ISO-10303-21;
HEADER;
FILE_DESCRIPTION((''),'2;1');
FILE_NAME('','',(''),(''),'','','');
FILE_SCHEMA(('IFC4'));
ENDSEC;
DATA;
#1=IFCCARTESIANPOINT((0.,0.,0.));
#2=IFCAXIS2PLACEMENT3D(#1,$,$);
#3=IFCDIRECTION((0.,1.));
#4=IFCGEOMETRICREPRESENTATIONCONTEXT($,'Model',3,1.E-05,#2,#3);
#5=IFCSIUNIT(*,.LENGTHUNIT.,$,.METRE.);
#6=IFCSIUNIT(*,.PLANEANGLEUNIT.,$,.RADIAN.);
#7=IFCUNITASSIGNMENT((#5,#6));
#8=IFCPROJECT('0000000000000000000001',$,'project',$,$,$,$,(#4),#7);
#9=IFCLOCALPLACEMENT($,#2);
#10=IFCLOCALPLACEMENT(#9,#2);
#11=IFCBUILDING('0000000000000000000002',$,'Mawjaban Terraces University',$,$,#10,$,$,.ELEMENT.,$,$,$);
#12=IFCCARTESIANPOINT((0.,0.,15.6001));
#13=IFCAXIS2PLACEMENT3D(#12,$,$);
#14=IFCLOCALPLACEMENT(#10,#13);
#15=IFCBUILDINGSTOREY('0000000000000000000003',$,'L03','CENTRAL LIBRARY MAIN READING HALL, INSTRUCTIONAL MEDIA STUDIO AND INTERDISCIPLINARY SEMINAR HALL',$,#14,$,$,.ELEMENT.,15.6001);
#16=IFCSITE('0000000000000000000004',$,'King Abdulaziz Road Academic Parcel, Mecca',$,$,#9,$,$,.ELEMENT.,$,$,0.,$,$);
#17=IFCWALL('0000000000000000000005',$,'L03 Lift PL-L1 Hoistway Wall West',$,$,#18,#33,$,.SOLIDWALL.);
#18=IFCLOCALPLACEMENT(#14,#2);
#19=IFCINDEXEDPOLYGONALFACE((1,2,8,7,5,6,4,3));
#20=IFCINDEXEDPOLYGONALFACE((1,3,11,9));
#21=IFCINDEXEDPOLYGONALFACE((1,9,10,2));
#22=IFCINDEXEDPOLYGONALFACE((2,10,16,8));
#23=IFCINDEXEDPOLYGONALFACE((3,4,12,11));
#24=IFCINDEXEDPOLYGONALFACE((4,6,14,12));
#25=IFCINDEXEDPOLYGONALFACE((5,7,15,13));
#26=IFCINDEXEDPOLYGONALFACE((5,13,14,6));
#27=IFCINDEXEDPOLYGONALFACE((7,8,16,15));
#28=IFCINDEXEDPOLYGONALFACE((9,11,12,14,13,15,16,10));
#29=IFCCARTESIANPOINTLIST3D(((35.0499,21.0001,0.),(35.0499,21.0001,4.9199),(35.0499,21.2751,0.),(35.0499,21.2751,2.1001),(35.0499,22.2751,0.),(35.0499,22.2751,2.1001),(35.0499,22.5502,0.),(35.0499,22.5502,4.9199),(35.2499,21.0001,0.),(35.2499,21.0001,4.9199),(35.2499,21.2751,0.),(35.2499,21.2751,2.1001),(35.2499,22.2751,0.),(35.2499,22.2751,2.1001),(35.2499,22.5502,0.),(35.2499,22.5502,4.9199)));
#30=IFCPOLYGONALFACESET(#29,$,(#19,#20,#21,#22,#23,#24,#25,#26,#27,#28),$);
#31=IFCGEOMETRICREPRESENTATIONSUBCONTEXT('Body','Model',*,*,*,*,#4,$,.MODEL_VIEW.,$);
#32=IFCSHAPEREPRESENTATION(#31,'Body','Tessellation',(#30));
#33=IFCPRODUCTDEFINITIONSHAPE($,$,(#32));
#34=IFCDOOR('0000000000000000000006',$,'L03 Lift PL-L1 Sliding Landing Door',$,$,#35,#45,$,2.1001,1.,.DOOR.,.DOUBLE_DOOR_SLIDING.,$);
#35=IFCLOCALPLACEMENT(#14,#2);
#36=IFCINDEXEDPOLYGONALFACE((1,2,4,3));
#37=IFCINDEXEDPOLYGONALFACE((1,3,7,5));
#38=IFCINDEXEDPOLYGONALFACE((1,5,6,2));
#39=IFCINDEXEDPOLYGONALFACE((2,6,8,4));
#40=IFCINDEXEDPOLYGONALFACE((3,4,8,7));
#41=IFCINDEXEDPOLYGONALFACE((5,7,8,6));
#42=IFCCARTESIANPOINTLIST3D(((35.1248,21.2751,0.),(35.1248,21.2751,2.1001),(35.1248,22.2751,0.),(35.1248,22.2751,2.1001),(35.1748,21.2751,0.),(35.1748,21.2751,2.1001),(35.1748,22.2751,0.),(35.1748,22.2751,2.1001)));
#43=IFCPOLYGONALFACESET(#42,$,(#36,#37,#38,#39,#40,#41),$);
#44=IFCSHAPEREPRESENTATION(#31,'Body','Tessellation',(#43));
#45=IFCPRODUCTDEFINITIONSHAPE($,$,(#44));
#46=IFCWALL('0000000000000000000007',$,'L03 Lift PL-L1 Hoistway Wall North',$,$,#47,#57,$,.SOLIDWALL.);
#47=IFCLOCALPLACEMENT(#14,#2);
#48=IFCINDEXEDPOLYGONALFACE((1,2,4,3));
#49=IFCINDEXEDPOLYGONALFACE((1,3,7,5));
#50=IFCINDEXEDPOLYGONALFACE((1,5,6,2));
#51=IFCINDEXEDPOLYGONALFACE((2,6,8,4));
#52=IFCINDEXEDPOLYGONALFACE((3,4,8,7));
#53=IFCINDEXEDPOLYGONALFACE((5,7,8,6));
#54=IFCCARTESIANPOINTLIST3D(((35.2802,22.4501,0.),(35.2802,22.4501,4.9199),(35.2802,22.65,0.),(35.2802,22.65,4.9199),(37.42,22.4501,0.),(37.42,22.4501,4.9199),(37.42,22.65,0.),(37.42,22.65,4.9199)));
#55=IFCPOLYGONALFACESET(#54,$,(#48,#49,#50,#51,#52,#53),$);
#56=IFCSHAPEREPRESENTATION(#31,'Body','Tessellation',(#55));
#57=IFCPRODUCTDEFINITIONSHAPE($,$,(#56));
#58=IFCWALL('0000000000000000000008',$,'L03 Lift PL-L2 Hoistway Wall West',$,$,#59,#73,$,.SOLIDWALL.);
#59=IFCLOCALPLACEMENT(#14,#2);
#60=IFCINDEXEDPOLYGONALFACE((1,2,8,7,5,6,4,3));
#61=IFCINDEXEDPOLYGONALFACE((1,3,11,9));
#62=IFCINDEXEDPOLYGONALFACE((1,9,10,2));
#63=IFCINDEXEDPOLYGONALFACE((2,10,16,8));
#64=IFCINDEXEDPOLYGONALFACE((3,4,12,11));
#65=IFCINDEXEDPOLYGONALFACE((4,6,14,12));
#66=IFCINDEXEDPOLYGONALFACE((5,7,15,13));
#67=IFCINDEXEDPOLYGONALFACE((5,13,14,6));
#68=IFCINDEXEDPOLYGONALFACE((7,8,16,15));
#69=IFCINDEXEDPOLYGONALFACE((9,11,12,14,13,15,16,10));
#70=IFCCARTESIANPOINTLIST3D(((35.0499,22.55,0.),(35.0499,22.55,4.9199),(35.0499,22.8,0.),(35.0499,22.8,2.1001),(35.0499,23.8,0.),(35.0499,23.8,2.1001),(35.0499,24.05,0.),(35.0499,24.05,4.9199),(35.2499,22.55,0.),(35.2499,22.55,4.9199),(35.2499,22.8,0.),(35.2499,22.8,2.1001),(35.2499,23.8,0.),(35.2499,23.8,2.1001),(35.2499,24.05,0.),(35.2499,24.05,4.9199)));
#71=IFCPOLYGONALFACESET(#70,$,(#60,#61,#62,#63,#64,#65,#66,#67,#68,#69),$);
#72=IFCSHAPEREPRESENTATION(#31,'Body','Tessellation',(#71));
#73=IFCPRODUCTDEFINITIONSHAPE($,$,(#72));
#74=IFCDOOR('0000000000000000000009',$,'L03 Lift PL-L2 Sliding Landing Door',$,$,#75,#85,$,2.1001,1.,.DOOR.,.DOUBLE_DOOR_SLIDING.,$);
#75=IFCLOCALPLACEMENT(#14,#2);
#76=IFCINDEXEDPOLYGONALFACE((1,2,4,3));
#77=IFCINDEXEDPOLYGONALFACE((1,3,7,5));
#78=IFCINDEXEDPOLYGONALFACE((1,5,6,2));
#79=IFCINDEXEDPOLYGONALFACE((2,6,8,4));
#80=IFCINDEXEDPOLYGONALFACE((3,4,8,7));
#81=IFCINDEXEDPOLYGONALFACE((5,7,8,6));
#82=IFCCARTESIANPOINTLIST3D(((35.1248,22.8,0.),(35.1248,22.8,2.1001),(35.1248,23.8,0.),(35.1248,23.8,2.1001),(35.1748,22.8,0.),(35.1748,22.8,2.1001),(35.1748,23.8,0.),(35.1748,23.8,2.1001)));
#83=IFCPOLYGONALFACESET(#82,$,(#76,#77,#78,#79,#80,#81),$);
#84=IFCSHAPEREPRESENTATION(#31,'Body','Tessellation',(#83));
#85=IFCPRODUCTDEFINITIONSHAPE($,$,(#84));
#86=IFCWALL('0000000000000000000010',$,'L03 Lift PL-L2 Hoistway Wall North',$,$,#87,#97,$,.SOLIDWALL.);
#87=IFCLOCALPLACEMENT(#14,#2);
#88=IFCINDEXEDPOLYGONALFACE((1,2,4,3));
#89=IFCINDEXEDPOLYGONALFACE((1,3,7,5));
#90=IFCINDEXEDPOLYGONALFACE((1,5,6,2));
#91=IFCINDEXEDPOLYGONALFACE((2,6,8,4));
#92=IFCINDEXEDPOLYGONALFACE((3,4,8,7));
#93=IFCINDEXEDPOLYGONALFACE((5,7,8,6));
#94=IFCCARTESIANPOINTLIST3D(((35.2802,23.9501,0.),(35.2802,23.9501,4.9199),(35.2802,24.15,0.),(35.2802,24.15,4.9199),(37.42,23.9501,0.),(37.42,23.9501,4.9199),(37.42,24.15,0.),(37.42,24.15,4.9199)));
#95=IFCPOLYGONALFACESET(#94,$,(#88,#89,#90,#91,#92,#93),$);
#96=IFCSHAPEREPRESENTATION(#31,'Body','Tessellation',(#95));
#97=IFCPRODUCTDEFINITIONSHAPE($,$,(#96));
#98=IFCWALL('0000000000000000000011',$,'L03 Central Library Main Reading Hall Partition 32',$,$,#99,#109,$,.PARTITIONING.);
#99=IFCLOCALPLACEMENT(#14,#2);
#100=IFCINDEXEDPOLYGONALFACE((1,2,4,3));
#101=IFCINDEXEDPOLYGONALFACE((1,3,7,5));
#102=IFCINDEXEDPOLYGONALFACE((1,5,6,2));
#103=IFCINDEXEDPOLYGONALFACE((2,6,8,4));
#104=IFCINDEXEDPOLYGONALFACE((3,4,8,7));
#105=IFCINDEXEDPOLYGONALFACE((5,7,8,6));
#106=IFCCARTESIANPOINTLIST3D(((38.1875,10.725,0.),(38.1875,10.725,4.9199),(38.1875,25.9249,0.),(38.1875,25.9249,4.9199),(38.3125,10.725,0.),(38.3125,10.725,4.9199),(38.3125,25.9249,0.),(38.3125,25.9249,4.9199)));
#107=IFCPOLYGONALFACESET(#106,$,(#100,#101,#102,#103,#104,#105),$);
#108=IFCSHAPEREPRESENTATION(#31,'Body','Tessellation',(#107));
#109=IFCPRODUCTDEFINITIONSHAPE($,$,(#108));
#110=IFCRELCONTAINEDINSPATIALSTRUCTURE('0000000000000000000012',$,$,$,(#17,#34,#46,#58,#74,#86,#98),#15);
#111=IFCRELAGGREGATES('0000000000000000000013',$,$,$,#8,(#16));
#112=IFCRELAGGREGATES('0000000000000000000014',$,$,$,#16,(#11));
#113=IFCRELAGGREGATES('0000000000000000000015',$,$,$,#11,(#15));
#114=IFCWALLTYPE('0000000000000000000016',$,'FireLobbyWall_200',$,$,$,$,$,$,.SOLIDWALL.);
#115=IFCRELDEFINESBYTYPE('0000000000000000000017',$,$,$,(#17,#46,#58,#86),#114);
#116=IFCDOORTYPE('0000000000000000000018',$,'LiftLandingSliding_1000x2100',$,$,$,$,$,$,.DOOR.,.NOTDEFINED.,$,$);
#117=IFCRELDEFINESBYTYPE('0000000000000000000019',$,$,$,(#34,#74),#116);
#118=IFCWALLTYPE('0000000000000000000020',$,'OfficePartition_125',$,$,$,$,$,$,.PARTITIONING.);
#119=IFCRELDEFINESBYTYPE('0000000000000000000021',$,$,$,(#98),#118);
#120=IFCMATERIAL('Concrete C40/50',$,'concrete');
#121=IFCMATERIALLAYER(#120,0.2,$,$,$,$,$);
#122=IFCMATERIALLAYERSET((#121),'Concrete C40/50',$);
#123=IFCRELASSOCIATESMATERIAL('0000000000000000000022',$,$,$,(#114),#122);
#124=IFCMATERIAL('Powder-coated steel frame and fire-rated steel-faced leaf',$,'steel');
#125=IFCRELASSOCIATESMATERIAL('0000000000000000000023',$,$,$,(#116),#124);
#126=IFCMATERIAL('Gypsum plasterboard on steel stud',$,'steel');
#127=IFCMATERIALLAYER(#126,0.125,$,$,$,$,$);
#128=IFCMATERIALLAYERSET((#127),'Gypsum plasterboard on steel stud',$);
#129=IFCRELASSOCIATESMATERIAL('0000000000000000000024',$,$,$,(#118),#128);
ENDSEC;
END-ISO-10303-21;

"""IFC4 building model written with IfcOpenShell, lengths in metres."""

from ifc_helpers import new_model, si_unit, direction, frame, frame_2d, origin, place, context, subcontext, project, spatial, rectangle, extrude, material, layer, layer_set, type_object, element, fill, save


model = new_model("IFC4")

# Units and contexts
model_context = context("Model", 3, precision=1e-05, world=origin(), true_north=direction((0.0, 1.0)))
body_context = subcontext(model_context, "Body", "Model", "MODEL_VIEW")
ifc_project = project(units=[si_unit("LENGTHUNIT", "METRE"), si_unit("PLANEANGLEUNIT", "RADIAN")], contexts=[model_context])

# Site, building, storey
site_placement = place(None, origin())
site = spatial("IfcSite", under=ifc_project, at=site_placement, Name="King Abdulaziz Road Academic Parcel, Mecca", CompositionType="ELEMENT", RefElevation=0.0)
building_placement = place(site_placement, origin())
building = spatial("IfcBuilding", under=site, at=building_placement, Name="Mawjaban Terraces University", CompositionType="ELEMENT")
storey_placement = place(building_placement, frame((0.0, 0.0, 15.6001)))
storey = spatial("IfcBuildingStorey", under=building, at=storey_placement, Name="L03", Description="CENTRAL LIBRARY MAIN READING HALL, INSTRUCTIONAL MEDIA STUDIO AND INTERDISCIPLINARY SEMINAR HALL", CompositionType="ELEMENT", Elevation=15.6001)

# Shared definitions
ifc_material_1 = material(Name="Concrete C40/50", Category="concrete")
ifc_layer_1 = layer(ifc_material_1, 0.2)
ifc_layer_set_1 = layer_set([ifc_layer_1], Name="Concrete C40/50")
wall_type_1 = type_object("IfcWallType", Name="FireLobbyWall_200", PredefinedType="SOLIDWALL", material=ifc_layer_set_1)

# Wall, opening, door
wall_1_placement = place(storey_placement, frame((35.1499, 22.55, 0.0), z_axis=(0.0, 0.0, 1.0), x_axis=(0.0, -1.0, 0.0)))
wall_1 = element("IfcWall", 1, at=wall_1_placement, inside=storey, type_object=wall_type_1, Name="L03 Lift PL-L1 Hoistway Wall West", PredefinedType="SOLIDWALL", context=body_context, shape_type="SweptSolid", body=[
    extrude(rectangle(XDim=1.55, YDim=0.2, at=frame_2d((0.7749, 0.0))), origin(), (0.0, 0.0, 1.0), 4.9199),
])
opening_1_placement = place(wall_1_placement, frame((0.2749, 0.0, 0.0)))
opening_1 = element("IfcOpeningElement", 2, at=opening_1_placement, cuts=wall_1, PredefinedType="OPENING", context=body_context, shape_type="SweptSolid", body=[
    extrude(rectangle(XDim=1.0, YDim=2.1001, at=frame_2d((0.5, 1.05))), frame((0.0, 0.1099, 0.0), z_axis=(0.0, -1.0, 0.0), x_axis=(1.0, 0.0, 0.0)), (0.0, 0.0, 1.0), 0.22),
])
ifc_material_2 = material(Name="Powder-coated steel frame and fire-rated steel-faced leaf", Category="steel")
door_type_1 = type_object("IfcDoorType", Name="LiftLandingSliding_1000x2100", OperationType="NOTDEFINED", PredefinedType="DOOR", material=ifc_material_2)
door_1_placement = place(opening_1_placement, origin())
door_1 = element("IfcDoor", 3, at=door_1_placement, inside=storey, type_object=door_type_1, Name="L03 Lift PL-L1 Sliding Landing Door", OperationType="DOUBLE_DOOR_SLIDING", OverallHeight=2.1001, OverallWidth=1.0, PredefinedType="DOOR", context=body_context, shape_type="SweptSolid", body=[
    extrude(rectangle(XDim=1.0, YDim=2.1001, at=frame_2d((0.5, 1.05))), frame((0.0, 0.0249, 0.0), z_axis=(0.0, -1.0, 0.0), x_axis=(1.0, 0.0, 0.0)), (0.0, 0.0, 1.0), 0.05),
])
fill(opening_1, door_1)

# Wall
wall_2_placement = place(storey_placement, frame((37.4199, 22.55, 0.0), z_axis=(0.0, 0.0, 1.0), x_axis=(-1.0, 0.0, 0.0)))
element("IfcWall", 4, at=wall_2_placement, inside=storey, type_object=wall_type_1, Name="L03 Lift PL-L1 Hoistway Wall North", PredefinedType="SOLIDWALL", context=body_context, shape_type="SweptSolid", body=[
    extrude(rectangle(XDim=2.1399, YDim=0.2, at=frame_2d((1.0698, 0.0))), origin(), (0.0, 0.0, 1.0), 4.9199),
])

# Wall, opening, door
wall_3_placement = place(storey_placement, frame((35.1499, 24.05, 0.0), z_axis=(0.0, 0.0, 1.0), x_axis=(0.0, -1.0, 0.0)))
wall_3 = element("IfcWall", 5, at=wall_3_placement, inside=storey, type_object=wall_type_1, Name="L03 Lift PL-L2 Hoistway Wall West", PredefinedType="SOLIDWALL", context=body_context, shape_type="SweptSolid", body=[
    extrude(rectangle(XDim=1.5, YDim=0.2, at=frame_2d((0.75, 0.0))), origin(), (0.0, 0.0, 1.0), 4.9199),
])
opening_2_placement = place(wall_3_placement, frame((0.25, 0.0, 0.0)))
opening_2 = element("IfcOpeningElement", 6, at=opening_2_placement, cuts=wall_3, PredefinedType="OPENING", context=body_context, shape_type="SweptSolid", body=[
    extrude(rectangle(XDim=1.0, YDim=2.1001, at=frame_2d((0.5, 1.05))), frame((0.0, 0.1099, 0.0), z_axis=(0.0, -1.0, 0.0), x_axis=(1.0, 0.0, 0.0)), (0.0, 0.0, 1.0), 0.22),
])
door_2_placement = place(opening_2_placement, origin())
door_2 = element("IfcDoor", 7, at=door_2_placement, inside=storey, type_object=door_type_1, Name="L03 Lift PL-L2 Sliding Landing Door", OperationType="DOUBLE_DOOR_SLIDING", OverallHeight=2.1001, OverallWidth=1.0, PredefinedType="DOOR", context=body_context, shape_type="SweptSolid", body=[
    extrude(rectangle(XDim=1.0, YDim=2.1001, at=frame_2d((0.5, 1.05))), frame((0.0, 0.0249, 0.0), z_axis=(0.0, -1.0, 0.0), x_axis=(1.0, 0.0, 0.0)), (0.0, 0.0, 1.0), 0.05),
])
fill(opening_2, door_2)

# Walls
wall_4_placement = place(storey_placement, frame((37.4199, 24.05, 0.0), z_axis=(0.0, 0.0, 1.0), x_axis=(-1.0, 0.0, 0.0)))
element("IfcWall", 8, at=wall_4_placement, inside=storey, type_object=wall_type_1, Name="L03 Lift PL-L2 Hoistway Wall North", PredefinedType="SOLIDWALL", context=body_context, shape_type="SweptSolid", body=[
    extrude(rectangle(XDim=2.1399, YDim=0.2, at=frame_2d((1.0698, 0.0))), origin(), (0.0, 0.0, 1.0), 4.9199),
])
ifc_material_3 = material(Name="Gypsum plasterboard on steel stud", Category="steel")
ifc_layer_2 = layer(ifc_material_3, 0.125)
ifc_layer_set_2 = layer_set([ifc_layer_2], Name="Gypsum plasterboard on steel stud")
wall_type_2 = type_object("IfcWallType", Name="OfficePartition_125", PredefinedType="PARTITIONING", material=ifc_layer_set_2)
wall_5_placement = place(storey_placement, frame((38.25, 25.925, 0.0), z_axis=(0.0, 0.0, 1.0), x_axis=(0.0, -1.0, 0.0)))
element("IfcWall", 9, at=wall_5_placement, inside=storey, type_object=wall_type_2, Name="L03 Central Library Main Reading Hall Partition 32", PredefinedType="PARTITIONING", context=body_context, shape_type="SweptSolid", body=[
    extrude(rectangle(XDim=15.2, YDim=0.125, at=frame_2d((7.6001, 0.0))), origin(), (0.0, 0.0, 1.0), 4.9199),
])

save(model, "model.ifc")
